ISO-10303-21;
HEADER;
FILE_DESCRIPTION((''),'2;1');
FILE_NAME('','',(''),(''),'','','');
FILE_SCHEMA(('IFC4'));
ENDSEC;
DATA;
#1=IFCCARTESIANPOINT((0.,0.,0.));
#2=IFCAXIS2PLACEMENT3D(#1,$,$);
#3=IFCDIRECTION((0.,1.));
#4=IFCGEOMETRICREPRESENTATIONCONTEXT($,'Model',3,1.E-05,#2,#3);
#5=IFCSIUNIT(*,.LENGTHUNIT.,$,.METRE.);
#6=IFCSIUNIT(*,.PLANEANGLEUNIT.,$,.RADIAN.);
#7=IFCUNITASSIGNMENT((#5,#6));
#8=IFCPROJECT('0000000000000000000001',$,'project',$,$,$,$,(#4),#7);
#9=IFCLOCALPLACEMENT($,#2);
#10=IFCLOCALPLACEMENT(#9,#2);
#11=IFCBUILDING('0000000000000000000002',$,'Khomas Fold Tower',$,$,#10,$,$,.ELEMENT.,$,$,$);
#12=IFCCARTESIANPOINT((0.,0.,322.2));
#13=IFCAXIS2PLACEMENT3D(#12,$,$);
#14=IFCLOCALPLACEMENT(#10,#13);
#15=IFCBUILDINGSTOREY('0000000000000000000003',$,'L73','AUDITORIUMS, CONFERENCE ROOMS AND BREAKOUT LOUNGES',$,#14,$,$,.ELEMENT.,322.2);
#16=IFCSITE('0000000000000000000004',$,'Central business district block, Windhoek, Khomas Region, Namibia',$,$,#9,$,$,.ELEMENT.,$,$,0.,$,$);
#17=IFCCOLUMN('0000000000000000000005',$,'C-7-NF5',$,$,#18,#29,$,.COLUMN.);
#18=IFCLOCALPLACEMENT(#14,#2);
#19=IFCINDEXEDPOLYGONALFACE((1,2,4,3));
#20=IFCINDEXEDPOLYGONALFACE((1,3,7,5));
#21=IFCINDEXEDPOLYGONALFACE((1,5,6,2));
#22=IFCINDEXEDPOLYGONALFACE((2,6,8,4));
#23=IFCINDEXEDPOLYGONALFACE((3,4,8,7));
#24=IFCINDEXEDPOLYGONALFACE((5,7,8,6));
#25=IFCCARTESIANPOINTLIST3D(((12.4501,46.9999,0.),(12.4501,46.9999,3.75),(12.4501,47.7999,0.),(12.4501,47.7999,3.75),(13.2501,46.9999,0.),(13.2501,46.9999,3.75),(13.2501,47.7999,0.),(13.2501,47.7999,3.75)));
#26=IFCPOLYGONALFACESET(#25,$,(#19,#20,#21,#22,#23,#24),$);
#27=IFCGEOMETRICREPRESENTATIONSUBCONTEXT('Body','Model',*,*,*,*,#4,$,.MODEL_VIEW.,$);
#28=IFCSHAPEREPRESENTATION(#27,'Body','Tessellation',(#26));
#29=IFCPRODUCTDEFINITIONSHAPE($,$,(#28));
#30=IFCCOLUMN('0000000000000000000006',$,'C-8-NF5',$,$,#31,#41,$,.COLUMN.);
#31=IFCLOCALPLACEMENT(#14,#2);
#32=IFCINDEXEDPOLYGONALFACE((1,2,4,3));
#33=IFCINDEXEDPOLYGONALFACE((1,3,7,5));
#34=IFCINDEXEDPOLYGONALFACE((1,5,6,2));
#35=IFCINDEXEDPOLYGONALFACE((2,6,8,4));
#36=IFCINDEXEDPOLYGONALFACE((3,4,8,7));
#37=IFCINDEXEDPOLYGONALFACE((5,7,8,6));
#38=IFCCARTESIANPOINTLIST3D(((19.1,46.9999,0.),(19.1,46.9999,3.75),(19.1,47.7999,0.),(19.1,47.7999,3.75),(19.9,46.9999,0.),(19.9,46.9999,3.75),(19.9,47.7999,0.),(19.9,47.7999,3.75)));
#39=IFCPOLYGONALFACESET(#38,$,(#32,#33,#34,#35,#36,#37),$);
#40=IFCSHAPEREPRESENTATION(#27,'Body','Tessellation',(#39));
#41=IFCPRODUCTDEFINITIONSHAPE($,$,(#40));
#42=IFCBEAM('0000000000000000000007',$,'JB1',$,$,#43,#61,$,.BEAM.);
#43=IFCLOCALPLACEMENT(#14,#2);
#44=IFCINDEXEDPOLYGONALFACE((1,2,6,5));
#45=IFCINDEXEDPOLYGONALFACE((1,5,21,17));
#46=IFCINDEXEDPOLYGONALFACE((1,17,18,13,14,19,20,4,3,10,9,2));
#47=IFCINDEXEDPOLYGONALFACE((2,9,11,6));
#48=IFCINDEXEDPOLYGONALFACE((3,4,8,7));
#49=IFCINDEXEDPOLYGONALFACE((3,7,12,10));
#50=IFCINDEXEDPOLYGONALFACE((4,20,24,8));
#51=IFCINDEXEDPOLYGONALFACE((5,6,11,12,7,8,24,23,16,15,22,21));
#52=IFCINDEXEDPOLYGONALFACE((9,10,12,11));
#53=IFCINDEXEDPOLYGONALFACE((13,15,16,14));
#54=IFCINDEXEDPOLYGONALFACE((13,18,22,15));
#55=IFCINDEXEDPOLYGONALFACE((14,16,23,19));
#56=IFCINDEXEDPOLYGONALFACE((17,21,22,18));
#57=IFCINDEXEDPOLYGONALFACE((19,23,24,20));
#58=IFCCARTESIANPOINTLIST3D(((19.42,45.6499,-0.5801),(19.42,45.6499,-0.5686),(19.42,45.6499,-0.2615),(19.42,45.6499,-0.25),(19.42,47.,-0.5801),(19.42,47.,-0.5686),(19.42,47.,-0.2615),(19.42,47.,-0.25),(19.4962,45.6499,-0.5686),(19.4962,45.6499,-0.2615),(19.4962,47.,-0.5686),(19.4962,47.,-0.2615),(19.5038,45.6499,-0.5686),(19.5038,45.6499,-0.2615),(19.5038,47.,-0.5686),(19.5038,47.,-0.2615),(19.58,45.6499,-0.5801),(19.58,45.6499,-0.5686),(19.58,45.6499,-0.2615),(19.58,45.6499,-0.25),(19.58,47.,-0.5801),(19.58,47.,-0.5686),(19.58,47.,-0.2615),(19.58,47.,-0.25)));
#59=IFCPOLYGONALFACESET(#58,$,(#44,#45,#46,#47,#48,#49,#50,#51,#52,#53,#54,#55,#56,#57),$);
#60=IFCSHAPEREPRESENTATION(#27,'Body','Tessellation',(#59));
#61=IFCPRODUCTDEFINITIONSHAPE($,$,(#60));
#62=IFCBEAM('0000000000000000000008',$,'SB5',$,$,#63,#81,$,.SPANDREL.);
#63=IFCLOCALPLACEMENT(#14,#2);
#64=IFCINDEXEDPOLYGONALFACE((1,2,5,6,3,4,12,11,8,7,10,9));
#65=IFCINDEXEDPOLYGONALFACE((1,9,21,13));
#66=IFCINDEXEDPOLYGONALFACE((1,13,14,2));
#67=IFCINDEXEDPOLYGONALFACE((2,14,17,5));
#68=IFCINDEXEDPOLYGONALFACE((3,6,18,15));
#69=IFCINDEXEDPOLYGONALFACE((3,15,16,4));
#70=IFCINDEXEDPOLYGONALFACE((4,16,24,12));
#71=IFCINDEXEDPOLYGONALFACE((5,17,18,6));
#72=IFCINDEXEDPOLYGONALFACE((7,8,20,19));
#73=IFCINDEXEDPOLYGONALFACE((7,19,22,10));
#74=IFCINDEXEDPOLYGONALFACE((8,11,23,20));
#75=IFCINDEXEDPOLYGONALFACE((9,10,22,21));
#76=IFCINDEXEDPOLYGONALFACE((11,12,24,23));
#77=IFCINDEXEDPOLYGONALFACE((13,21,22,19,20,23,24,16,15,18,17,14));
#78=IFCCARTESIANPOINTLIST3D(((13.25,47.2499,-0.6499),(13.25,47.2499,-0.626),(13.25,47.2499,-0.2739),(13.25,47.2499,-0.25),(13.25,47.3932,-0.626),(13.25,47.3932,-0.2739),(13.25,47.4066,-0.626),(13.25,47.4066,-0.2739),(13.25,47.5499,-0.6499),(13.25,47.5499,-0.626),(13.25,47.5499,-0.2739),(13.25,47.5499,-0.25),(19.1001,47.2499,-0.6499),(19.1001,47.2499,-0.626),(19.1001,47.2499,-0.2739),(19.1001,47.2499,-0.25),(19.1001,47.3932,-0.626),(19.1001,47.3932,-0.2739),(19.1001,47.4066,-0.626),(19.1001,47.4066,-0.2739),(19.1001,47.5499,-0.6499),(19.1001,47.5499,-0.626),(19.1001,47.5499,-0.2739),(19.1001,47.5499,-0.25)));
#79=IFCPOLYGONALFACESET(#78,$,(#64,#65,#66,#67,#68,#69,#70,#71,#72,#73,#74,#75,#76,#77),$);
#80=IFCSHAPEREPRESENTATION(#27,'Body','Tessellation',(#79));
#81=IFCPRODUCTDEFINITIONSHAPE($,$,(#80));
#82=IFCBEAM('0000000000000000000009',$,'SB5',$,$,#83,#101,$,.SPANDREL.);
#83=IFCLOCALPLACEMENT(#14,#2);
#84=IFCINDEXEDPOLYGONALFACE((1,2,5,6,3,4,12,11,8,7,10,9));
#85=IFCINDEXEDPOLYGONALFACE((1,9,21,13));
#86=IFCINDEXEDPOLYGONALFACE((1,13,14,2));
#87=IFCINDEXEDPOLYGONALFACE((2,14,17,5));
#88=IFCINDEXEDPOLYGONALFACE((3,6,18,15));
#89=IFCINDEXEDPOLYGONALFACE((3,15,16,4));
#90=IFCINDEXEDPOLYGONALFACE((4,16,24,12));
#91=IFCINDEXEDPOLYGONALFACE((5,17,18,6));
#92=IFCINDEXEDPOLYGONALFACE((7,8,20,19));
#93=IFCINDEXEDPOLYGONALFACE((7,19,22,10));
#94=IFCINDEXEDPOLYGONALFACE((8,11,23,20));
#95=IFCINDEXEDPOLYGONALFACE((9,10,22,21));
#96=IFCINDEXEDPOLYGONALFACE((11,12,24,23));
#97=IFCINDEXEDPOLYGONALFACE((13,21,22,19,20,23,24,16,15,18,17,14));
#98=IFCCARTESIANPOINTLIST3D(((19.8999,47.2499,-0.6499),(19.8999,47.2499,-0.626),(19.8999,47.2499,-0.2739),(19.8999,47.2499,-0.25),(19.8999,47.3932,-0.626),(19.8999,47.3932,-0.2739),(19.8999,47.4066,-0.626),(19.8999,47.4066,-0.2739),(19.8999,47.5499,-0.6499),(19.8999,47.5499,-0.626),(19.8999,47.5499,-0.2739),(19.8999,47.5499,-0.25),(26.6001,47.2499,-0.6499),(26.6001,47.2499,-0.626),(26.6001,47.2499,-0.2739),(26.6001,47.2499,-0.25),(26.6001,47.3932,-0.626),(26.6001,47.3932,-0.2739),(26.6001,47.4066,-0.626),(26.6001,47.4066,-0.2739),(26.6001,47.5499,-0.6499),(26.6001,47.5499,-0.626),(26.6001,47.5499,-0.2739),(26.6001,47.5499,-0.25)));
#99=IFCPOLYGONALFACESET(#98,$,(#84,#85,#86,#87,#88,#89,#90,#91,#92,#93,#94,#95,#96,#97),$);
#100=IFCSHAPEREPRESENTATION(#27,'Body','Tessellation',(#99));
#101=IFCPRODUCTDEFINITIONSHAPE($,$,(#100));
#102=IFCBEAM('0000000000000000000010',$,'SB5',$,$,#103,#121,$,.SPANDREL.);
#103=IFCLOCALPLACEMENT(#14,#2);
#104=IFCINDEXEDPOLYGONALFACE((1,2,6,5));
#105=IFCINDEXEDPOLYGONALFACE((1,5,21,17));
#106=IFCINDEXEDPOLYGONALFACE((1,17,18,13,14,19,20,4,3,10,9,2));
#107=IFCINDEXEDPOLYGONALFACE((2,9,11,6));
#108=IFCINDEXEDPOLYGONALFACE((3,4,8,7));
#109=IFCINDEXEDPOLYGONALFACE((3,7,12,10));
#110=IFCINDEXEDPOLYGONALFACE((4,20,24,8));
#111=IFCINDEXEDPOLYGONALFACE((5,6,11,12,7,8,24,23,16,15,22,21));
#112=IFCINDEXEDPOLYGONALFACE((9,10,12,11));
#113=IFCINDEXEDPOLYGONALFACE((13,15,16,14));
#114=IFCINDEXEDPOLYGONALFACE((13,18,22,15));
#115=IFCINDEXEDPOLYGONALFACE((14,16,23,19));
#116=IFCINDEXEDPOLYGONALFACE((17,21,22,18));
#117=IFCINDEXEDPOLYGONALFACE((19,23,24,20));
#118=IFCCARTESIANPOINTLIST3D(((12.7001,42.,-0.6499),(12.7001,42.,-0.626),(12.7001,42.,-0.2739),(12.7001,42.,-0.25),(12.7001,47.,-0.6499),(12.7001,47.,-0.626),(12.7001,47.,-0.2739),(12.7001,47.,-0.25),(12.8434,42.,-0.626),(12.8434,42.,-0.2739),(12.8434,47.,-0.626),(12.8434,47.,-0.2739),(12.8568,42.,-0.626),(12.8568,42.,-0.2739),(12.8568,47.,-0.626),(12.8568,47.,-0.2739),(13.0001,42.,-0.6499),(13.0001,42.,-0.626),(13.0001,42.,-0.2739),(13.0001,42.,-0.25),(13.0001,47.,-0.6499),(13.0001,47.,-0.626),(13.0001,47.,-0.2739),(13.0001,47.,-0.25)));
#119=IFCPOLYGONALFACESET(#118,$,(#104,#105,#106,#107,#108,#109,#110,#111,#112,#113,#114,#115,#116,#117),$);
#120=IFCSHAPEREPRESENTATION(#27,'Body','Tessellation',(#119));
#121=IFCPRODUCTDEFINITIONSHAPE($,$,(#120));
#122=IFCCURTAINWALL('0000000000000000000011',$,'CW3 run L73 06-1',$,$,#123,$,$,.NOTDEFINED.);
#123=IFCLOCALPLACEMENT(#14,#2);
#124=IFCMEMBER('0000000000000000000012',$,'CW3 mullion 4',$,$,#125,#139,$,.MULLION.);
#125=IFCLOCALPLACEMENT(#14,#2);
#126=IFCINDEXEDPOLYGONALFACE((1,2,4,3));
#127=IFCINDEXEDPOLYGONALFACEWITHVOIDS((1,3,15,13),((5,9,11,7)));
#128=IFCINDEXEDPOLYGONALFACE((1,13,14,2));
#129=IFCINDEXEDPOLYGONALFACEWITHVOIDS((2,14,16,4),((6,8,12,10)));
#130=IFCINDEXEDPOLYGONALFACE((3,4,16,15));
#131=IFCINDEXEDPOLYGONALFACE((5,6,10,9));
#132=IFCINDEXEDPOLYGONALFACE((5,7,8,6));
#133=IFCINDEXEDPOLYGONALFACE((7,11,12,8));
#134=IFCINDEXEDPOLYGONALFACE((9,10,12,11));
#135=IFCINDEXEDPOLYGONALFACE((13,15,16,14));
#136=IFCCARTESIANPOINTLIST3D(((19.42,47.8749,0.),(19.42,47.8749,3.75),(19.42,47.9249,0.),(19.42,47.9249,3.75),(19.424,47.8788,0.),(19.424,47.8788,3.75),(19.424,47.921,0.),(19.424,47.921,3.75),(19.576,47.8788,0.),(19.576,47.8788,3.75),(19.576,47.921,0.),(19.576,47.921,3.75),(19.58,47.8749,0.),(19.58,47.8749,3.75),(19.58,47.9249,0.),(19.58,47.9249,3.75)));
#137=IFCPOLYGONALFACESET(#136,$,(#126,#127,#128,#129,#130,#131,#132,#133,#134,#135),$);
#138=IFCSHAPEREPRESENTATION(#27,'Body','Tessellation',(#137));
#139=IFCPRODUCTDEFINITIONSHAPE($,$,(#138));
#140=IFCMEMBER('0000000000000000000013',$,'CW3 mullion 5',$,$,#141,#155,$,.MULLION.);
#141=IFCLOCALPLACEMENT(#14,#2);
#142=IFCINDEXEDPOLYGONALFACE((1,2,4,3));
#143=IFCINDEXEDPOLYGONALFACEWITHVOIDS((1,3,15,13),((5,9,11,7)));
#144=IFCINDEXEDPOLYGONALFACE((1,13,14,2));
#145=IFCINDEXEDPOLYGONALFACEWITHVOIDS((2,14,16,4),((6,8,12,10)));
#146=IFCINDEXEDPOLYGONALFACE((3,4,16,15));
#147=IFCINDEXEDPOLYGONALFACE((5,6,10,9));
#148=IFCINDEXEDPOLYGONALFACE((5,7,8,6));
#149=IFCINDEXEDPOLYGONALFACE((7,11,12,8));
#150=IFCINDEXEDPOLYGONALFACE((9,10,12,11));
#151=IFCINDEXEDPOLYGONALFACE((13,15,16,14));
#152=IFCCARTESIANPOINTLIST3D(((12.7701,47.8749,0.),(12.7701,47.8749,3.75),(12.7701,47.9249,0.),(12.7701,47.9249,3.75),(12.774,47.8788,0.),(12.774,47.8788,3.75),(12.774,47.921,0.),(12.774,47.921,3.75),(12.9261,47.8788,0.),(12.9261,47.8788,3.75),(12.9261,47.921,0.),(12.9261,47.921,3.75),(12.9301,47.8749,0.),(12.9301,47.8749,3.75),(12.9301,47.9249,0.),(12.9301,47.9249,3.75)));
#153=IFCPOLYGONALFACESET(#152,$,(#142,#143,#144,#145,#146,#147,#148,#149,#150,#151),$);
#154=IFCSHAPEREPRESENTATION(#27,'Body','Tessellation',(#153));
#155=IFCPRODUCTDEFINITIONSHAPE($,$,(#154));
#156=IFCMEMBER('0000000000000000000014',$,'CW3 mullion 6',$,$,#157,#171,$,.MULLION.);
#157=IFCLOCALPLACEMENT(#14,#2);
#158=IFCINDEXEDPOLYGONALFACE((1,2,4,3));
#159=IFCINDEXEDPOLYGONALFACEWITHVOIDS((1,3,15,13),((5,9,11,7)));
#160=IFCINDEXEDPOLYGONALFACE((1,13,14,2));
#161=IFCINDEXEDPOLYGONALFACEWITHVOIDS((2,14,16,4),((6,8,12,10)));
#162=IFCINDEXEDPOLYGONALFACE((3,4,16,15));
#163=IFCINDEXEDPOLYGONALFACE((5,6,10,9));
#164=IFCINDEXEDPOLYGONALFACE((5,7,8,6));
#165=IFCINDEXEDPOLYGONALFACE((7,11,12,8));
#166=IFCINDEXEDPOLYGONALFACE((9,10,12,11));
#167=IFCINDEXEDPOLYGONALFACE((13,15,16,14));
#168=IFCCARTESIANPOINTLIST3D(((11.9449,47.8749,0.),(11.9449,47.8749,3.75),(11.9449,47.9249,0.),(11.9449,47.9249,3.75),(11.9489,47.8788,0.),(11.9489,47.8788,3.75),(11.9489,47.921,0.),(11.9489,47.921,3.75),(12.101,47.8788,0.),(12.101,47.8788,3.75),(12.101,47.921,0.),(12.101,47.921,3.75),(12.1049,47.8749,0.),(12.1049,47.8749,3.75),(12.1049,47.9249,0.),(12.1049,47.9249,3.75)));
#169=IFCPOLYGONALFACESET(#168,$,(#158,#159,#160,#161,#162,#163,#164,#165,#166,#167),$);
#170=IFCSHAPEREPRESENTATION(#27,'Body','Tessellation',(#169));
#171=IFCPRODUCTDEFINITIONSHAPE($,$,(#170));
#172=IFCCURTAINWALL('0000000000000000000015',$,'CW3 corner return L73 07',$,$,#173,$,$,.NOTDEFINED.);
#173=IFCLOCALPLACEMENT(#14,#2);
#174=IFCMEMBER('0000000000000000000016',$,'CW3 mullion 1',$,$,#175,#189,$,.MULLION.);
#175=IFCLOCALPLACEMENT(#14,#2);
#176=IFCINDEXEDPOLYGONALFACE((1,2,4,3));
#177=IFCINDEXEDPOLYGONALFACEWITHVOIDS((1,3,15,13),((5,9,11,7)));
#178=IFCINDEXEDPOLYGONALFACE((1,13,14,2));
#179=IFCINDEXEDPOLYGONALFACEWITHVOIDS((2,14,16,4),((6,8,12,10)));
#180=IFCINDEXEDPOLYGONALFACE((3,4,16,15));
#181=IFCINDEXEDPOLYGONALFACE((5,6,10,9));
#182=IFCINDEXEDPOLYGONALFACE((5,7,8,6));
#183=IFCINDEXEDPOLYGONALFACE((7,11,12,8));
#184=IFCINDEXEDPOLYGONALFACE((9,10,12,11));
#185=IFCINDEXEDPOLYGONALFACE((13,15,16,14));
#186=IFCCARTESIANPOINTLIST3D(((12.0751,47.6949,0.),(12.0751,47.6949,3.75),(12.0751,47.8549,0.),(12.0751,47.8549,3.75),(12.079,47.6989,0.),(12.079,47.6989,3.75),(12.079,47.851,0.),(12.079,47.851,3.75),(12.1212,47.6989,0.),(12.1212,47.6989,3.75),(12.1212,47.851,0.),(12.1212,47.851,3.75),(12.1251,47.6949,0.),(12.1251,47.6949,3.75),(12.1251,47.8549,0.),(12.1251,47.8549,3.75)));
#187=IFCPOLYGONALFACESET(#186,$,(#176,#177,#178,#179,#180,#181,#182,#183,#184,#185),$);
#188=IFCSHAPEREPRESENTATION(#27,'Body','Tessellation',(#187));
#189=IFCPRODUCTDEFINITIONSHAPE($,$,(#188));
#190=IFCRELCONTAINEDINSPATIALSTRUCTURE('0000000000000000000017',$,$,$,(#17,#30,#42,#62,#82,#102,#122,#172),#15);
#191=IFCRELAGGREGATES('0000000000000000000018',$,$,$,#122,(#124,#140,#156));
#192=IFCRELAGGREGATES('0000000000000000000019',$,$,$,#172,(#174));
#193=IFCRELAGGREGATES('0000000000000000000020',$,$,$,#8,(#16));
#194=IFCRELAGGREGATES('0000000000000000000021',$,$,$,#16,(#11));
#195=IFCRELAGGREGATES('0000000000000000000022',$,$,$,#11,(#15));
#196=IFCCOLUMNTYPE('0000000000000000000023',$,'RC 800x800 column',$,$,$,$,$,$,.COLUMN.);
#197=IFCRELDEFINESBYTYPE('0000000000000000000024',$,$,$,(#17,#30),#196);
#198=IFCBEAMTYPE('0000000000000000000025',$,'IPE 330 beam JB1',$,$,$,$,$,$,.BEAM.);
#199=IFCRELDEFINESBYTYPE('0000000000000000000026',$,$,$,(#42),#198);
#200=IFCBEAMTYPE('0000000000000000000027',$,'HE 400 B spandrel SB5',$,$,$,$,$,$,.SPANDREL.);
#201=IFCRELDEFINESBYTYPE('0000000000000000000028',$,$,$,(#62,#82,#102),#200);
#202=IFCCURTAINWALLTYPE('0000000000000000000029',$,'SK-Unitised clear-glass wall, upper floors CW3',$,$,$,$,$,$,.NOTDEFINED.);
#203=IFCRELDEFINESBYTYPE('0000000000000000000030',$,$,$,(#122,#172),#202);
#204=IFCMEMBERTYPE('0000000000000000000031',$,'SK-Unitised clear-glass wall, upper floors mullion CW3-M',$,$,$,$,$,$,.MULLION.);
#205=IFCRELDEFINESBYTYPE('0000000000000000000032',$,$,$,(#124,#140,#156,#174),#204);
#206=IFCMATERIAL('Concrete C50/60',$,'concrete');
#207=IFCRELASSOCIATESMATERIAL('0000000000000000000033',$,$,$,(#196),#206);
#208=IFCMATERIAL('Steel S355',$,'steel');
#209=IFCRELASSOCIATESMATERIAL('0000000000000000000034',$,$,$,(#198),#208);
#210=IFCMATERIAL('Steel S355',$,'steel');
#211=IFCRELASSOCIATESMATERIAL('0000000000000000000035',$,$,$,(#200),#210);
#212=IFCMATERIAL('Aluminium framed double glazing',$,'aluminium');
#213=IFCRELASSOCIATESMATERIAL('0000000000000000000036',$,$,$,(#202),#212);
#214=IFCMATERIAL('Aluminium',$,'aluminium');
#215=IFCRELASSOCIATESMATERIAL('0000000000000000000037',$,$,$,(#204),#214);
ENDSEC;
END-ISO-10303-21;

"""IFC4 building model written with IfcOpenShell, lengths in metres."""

from ifc_helpers import new_model, si_unit, direction, frame, origin, origin_2d, place, context, subcontext, project, spatial, rectangle, hollow_rectangle, i_section, extrude, source, transform, mapped, material, material_profile, profile_set, type_object, element, aggregate, save


model = new_model("IFC4")

# Units and contexts
model_context = context("Model", 3, precision=1e-05, world=origin(), true_north=direction((0.0, 1.0)))
body_context = subcontext(model_context, "Body", "Model", "MODEL_VIEW")
ifc_project = project(units=[si_unit("LENGTHUNIT", "METRE"), si_unit("PLANEANGLEUNIT", "RADIAN")], contexts=[model_context])

# Site, building, storey
site_placement = place(None, origin())
site = spatial("IfcSite", under=ifc_project, at=site_placement, Name="Central business district block, Windhoek, Khomas Region, Namibia", CompositionType="ELEMENT", RefElevation=0.0)
building_placement = place(site_placement, origin())
building = spatial("IfcBuilding", under=site, at=building_placement, Name="Khomas Fold Tower", CompositionType="ELEMENT")
storey_placement = place(building_placement, frame((0.0, 0.0, 322.2)))
storey = spatial("IfcBuildingStorey", under=building, at=storey_placement, Name="L73", Description="AUDITORIUMS, CONFERENCE ROOMS AND BREAKOUT LOUNGES", CompositionType="ELEMENT", Elevation=322.2)

# Columns
ifc_material_1 = material(Name="Concrete C50/60", Category="concrete")
ifc_material_profile_1 = material_profile(ifc_material_1, rectangle(XDim=0.8, YDim=0.8, at=origin_2d()), Name="RC 800x800")
ifc_profile_set_1 = profile_set([ifc_material_profile_1], Name="Concrete C50/60")
column_type = type_object("IfcColumnType", Name="RC 800x800 column", PredefinedType="COLUMN", material=ifc_profile_set_1)
shared_shape_1 = source(origin(), body_context, "Body", "SweptSolid", [
    extrude(rectangle(XDim=0.8, YDim=0.8, at=origin_2d()), origin(), (0.0, 0.0, 1.0), 3.75),
])
for number, where, z_axis, x_axis, name in (
    (1, (12.8501, 47.3999, 0.0), (0.0, 0.0, 1.0), (1.0, 0.0, 0.0), "C-7-NF5"),
    (2, (19.5, 47.3999, 0.0), (0.0, 0.0, 1.0), (1.0, 0.0, 0.0), "C-8-NF5"),
):
    element("IfcColumn", number, at=place(storey_placement, frame(where, z_axis=z_axis, x_axis=x_axis)), inside=storey, type_object=column_type, Name=name, PredefinedType="COLUMN", context=body_context, shape_type="MappedRepresentation", body=[
        mapped(shared_shape_1, transform((0.0, 0.0, 0.0))),
    ])

# Beams
ifc_material_2 = material(Name="Steel S355", Category="steel")
ifc_material_profile_2 = material_profile(ifc_material_2, i_section(OverallWidth=0.1599, OverallDepth=0.3301, WebThickness=0.0076, FlangeThickness=0.0115, at=origin_2d()), Name="IPE 330")
ifc_profile_set_2 = profile_set([ifc_material_profile_2], Name="Steel S355")
beam_type_1 = type_object("IfcBeamType", Name="IPE 330 beam JB1", PredefinedType="BEAM", material=ifc_profile_set_2)
shared_shape_2 = source(origin(), body_context, "Body", "SweptSolid", [
    extrude(i_section(OverallWidth=0.1599, OverallDepth=0.3301, WebThickness=0.0076, FlangeThickness=0.0115, at=origin_2d()), origin(), (0.0, 0.0, 1.0), 1.3501),
])
beam_1_placement = place(storey_placement, frame((19.5, 45.6499, -0.415), z_axis=(0.0, 1.0, 0.0), x_axis=(-1.0, 0.0, 0.0)))
element("IfcBeam", 3, at=beam_1_placement, inside=storey, type_object=beam_type_1, Name="JB1", PredefinedType="BEAM", context=body_context, shape_type="MappedRepresentation", body=[
    mapped(shared_shape_2, transform((0.0, 0.0, 0.0))),
])
ifc_material_3 = material(Name="Steel S355", Category="steel")
ifc_material_profile_3 = material_profile(ifc_material_3, i_section(OverallWidth=0.3, OverallDepth=0.3999, WebThickness=0.0134, FlangeThickness=0.0239, at=origin_2d()), Name="HE 400 B")
ifc_profile_set_3 = profile_set([ifc_material_profile_3], Name="Steel S355")
beam_type_2 = type_object("IfcBeamType", Name="HE 400 B spandrel SB5", PredefinedType="SPANDREL", material=ifc_profile_set_3)
shared_shape_3 = source(origin(), body_context, "Body", "SweptSolid", [
    extrude(i_section(OverallWidth=0.3, OverallDepth=0.3999, WebThickness=0.0134, FlangeThickness=0.0239, at=origin_2d()), origin(), (0.0, 0.0, 1.0), 5.8501),
])
beam_2_placement = place(storey_placement, frame((13.25, 47.3999, -0.45), z_axis=(1.0, 0.0, 0.0), x_axis=(0.0, 1.0, 0.0)))
element("IfcBeam", 4, at=beam_2_placement, inside=storey, type_object=beam_type_2, Name="SB5", PredefinedType="SPANDREL", context=body_context, shape_type="MappedRepresentation", body=[
    mapped(shared_shape_3, transform((0.0, 0.0, 0.0))),
])
shared_shape_4 = source(origin(), body_context, "Body", "SweptSolid", [
    extrude(i_section(OverallWidth=0.3, OverallDepth=0.3999, WebThickness=0.0134, FlangeThickness=0.0239, at=origin_2d()), origin(), (0.0, 0.0, 1.0), 6.7002),
])
beam_3_placement = place(storey_placement, frame((19.8999, 47.3999, -0.45), z_axis=(1.0, 0.0, 0.0), x_axis=(0.0, 1.0, 0.0)))
element("IfcBeam", 5, at=beam_3_placement, inside=storey, type_object=beam_type_2, Name="SB5", PredefinedType="SPANDREL", context=body_context, shape_type="MappedRepresentation", body=[
    mapped(shared_shape_4, transform((0.0, 0.0, 0.0))),
])
shared_shape_5 = source(origin(), body_context, "Body", "SweptSolid", [
    extrude(i_section(OverallWidth=0.3, OverallDepth=0.3999, WebThickness=0.0134, FlangeThickness=0.0239, at=origin_2d()), origin(), (0.0, 0.0, 1.0), 5.0),
])
beam_4_placement = place(storey_placement, frame((12.8501, 42.0, -0.45), z_axis=(0.0, 1.0, 0.0), x_axis=(-1.0, 0.0, 0.0)))
element("IfcBeam", 6, at=beam_4_placement, inside=storey, type_object=beam_type_2, Name="SB5", PredefinedType="SPANDREL", context=body_context, shape_type="MappedRepresentation", body=[
    mapped(shared_shape_5, transform((0.0, 0.0, 0.0))),
])

# Curtain walls, members
ifc_material_4 = material(Name="Aluminium framed double glazing", Category="aluminium")
curtain_wall_type = type_object("IfcCurtainWallType", Name="SK-Unitised clear-glass wall, upper floors CW3", PredefinedType="NOTDEFINED", material=ifc_material_4)
curtain_wall_1_placement = place(storey_placement, origin())
curtain_wall_1 = element("IfcCurtainWall", 7, at=curtain_wall_1_placement, inside=storey, type_object=curtain_wall_type, Name="CW3 run L73 06-1", PredefinedType="NOTDEFINED")
ifc_material_5 = material(Name="Aluminium", Category="aluminium")
ifc_material_profile_4 = material_profile(ifc_material_5, hollow_rectangle(XDim=0.05, YDim=0.1599, WallThickness=0.0039, at=origin_2d()), Name="SK-Unitised clear-glass wall, upper floors mullion CW3-M")
ifc_profile_set_4 = profile_set([ifc_material_profile_4], Name="Aluminium")
member_type_1 = type_object("IfcMemberType", Name="SK-Unitised clear-glass wall, upper floors mullion CW3-M", PredefinedType="MULLION", material=ifc_profile_set_4)
shared_shape_6 = source(origin(), body_context, "Body", "SweptSolid", [
    extrude(hollow_rectangle(XDim=0.05, YDim=0.1599, WallThickness=0.0039, at=origin_2d()), origin(), (0.0, 0.0, 1.0), 3.75),
])
member_1_placement = place(storey_placement, frame((19.5, 47.8999, 0.0), z_axis=(0.0, 0.0, 1.0), x_axis=(0.0, -1.0, 0.0)))
member_1 = element("IfcMember", 8, at=member_1_placement, type_object=member_type_1, Name="CW3 mullion 4", PredefinedType="MULLION", context=body_context, shape_type="MappedRepresentation", body=[
    mapped(shared_shape_6, transform((0.0, 0.0, 0.0))),
])
member_2_placement = place(storey_placement, frame((12.8501, 47.8999, 0.0), z_axis=(0.0, 0.0, 1.0), x_axis=(0.0, -1.0, 0.0)))
member_2 = element("IfcMember", 9, at=member_2_placement, type_object=member_type_1, Name="CW3 mullion 5", PredefinedType="MULLION", context=body_context, shape_type="MappedRepresentation", body=[
    mapped(shared_shape_6, transform((0.0, 0.0, 0.0))),
])
member_3_placement = place(storey_placement, frame((12.0249, 47.8999, 0.0), z_axis=(0.0, 0.0, 1.0), x_axis=(0.0, -1.0, 0.0)))
member_3 = element("IfcMember", 10, at=member_3_placement, type_object=member_type_1, Name="CW3 mullion 6", PredefinedType="MULLION", context=body_context, shape_type="MappedRepresentation", body=[
    mapped(shared_shape_6, transform((0.0, 0.0, 0.0))),
])
curtain_wall_2_placement = place(storey_placement, origin())
curtain_wall_2 = element("IfcCurtainWall", 11, at=curtain_wall_2_placement, inside=storey, type_object=curtain_wall_type, Name="CW3 corner return L73 07", PredefinedType="NOTDEFINED")
member_4_placement = place(storey_placement, frame((12.1001, 47.7749, 0.0), z_axis=(0.0, 0.0, 1.0), x_axis=(1.0, 0.0, 0.0)))
member_4 = element("IfcMember", 12, at=member_4_placement, type_object=member_type_1, Name="CW3 mullion 1", PredefinedType="MULLION", context=body_context, shape_type="MappedRepresentation", body=[
    mapped(shared_shape_6, transform((0.0, 0.0, 0.0))),
])

aggregate(curtain_wall_1, [member_1, member_2, member_3])
aggregate(curtain_wall_2, [member_4])

save(model, "model.ifc")
